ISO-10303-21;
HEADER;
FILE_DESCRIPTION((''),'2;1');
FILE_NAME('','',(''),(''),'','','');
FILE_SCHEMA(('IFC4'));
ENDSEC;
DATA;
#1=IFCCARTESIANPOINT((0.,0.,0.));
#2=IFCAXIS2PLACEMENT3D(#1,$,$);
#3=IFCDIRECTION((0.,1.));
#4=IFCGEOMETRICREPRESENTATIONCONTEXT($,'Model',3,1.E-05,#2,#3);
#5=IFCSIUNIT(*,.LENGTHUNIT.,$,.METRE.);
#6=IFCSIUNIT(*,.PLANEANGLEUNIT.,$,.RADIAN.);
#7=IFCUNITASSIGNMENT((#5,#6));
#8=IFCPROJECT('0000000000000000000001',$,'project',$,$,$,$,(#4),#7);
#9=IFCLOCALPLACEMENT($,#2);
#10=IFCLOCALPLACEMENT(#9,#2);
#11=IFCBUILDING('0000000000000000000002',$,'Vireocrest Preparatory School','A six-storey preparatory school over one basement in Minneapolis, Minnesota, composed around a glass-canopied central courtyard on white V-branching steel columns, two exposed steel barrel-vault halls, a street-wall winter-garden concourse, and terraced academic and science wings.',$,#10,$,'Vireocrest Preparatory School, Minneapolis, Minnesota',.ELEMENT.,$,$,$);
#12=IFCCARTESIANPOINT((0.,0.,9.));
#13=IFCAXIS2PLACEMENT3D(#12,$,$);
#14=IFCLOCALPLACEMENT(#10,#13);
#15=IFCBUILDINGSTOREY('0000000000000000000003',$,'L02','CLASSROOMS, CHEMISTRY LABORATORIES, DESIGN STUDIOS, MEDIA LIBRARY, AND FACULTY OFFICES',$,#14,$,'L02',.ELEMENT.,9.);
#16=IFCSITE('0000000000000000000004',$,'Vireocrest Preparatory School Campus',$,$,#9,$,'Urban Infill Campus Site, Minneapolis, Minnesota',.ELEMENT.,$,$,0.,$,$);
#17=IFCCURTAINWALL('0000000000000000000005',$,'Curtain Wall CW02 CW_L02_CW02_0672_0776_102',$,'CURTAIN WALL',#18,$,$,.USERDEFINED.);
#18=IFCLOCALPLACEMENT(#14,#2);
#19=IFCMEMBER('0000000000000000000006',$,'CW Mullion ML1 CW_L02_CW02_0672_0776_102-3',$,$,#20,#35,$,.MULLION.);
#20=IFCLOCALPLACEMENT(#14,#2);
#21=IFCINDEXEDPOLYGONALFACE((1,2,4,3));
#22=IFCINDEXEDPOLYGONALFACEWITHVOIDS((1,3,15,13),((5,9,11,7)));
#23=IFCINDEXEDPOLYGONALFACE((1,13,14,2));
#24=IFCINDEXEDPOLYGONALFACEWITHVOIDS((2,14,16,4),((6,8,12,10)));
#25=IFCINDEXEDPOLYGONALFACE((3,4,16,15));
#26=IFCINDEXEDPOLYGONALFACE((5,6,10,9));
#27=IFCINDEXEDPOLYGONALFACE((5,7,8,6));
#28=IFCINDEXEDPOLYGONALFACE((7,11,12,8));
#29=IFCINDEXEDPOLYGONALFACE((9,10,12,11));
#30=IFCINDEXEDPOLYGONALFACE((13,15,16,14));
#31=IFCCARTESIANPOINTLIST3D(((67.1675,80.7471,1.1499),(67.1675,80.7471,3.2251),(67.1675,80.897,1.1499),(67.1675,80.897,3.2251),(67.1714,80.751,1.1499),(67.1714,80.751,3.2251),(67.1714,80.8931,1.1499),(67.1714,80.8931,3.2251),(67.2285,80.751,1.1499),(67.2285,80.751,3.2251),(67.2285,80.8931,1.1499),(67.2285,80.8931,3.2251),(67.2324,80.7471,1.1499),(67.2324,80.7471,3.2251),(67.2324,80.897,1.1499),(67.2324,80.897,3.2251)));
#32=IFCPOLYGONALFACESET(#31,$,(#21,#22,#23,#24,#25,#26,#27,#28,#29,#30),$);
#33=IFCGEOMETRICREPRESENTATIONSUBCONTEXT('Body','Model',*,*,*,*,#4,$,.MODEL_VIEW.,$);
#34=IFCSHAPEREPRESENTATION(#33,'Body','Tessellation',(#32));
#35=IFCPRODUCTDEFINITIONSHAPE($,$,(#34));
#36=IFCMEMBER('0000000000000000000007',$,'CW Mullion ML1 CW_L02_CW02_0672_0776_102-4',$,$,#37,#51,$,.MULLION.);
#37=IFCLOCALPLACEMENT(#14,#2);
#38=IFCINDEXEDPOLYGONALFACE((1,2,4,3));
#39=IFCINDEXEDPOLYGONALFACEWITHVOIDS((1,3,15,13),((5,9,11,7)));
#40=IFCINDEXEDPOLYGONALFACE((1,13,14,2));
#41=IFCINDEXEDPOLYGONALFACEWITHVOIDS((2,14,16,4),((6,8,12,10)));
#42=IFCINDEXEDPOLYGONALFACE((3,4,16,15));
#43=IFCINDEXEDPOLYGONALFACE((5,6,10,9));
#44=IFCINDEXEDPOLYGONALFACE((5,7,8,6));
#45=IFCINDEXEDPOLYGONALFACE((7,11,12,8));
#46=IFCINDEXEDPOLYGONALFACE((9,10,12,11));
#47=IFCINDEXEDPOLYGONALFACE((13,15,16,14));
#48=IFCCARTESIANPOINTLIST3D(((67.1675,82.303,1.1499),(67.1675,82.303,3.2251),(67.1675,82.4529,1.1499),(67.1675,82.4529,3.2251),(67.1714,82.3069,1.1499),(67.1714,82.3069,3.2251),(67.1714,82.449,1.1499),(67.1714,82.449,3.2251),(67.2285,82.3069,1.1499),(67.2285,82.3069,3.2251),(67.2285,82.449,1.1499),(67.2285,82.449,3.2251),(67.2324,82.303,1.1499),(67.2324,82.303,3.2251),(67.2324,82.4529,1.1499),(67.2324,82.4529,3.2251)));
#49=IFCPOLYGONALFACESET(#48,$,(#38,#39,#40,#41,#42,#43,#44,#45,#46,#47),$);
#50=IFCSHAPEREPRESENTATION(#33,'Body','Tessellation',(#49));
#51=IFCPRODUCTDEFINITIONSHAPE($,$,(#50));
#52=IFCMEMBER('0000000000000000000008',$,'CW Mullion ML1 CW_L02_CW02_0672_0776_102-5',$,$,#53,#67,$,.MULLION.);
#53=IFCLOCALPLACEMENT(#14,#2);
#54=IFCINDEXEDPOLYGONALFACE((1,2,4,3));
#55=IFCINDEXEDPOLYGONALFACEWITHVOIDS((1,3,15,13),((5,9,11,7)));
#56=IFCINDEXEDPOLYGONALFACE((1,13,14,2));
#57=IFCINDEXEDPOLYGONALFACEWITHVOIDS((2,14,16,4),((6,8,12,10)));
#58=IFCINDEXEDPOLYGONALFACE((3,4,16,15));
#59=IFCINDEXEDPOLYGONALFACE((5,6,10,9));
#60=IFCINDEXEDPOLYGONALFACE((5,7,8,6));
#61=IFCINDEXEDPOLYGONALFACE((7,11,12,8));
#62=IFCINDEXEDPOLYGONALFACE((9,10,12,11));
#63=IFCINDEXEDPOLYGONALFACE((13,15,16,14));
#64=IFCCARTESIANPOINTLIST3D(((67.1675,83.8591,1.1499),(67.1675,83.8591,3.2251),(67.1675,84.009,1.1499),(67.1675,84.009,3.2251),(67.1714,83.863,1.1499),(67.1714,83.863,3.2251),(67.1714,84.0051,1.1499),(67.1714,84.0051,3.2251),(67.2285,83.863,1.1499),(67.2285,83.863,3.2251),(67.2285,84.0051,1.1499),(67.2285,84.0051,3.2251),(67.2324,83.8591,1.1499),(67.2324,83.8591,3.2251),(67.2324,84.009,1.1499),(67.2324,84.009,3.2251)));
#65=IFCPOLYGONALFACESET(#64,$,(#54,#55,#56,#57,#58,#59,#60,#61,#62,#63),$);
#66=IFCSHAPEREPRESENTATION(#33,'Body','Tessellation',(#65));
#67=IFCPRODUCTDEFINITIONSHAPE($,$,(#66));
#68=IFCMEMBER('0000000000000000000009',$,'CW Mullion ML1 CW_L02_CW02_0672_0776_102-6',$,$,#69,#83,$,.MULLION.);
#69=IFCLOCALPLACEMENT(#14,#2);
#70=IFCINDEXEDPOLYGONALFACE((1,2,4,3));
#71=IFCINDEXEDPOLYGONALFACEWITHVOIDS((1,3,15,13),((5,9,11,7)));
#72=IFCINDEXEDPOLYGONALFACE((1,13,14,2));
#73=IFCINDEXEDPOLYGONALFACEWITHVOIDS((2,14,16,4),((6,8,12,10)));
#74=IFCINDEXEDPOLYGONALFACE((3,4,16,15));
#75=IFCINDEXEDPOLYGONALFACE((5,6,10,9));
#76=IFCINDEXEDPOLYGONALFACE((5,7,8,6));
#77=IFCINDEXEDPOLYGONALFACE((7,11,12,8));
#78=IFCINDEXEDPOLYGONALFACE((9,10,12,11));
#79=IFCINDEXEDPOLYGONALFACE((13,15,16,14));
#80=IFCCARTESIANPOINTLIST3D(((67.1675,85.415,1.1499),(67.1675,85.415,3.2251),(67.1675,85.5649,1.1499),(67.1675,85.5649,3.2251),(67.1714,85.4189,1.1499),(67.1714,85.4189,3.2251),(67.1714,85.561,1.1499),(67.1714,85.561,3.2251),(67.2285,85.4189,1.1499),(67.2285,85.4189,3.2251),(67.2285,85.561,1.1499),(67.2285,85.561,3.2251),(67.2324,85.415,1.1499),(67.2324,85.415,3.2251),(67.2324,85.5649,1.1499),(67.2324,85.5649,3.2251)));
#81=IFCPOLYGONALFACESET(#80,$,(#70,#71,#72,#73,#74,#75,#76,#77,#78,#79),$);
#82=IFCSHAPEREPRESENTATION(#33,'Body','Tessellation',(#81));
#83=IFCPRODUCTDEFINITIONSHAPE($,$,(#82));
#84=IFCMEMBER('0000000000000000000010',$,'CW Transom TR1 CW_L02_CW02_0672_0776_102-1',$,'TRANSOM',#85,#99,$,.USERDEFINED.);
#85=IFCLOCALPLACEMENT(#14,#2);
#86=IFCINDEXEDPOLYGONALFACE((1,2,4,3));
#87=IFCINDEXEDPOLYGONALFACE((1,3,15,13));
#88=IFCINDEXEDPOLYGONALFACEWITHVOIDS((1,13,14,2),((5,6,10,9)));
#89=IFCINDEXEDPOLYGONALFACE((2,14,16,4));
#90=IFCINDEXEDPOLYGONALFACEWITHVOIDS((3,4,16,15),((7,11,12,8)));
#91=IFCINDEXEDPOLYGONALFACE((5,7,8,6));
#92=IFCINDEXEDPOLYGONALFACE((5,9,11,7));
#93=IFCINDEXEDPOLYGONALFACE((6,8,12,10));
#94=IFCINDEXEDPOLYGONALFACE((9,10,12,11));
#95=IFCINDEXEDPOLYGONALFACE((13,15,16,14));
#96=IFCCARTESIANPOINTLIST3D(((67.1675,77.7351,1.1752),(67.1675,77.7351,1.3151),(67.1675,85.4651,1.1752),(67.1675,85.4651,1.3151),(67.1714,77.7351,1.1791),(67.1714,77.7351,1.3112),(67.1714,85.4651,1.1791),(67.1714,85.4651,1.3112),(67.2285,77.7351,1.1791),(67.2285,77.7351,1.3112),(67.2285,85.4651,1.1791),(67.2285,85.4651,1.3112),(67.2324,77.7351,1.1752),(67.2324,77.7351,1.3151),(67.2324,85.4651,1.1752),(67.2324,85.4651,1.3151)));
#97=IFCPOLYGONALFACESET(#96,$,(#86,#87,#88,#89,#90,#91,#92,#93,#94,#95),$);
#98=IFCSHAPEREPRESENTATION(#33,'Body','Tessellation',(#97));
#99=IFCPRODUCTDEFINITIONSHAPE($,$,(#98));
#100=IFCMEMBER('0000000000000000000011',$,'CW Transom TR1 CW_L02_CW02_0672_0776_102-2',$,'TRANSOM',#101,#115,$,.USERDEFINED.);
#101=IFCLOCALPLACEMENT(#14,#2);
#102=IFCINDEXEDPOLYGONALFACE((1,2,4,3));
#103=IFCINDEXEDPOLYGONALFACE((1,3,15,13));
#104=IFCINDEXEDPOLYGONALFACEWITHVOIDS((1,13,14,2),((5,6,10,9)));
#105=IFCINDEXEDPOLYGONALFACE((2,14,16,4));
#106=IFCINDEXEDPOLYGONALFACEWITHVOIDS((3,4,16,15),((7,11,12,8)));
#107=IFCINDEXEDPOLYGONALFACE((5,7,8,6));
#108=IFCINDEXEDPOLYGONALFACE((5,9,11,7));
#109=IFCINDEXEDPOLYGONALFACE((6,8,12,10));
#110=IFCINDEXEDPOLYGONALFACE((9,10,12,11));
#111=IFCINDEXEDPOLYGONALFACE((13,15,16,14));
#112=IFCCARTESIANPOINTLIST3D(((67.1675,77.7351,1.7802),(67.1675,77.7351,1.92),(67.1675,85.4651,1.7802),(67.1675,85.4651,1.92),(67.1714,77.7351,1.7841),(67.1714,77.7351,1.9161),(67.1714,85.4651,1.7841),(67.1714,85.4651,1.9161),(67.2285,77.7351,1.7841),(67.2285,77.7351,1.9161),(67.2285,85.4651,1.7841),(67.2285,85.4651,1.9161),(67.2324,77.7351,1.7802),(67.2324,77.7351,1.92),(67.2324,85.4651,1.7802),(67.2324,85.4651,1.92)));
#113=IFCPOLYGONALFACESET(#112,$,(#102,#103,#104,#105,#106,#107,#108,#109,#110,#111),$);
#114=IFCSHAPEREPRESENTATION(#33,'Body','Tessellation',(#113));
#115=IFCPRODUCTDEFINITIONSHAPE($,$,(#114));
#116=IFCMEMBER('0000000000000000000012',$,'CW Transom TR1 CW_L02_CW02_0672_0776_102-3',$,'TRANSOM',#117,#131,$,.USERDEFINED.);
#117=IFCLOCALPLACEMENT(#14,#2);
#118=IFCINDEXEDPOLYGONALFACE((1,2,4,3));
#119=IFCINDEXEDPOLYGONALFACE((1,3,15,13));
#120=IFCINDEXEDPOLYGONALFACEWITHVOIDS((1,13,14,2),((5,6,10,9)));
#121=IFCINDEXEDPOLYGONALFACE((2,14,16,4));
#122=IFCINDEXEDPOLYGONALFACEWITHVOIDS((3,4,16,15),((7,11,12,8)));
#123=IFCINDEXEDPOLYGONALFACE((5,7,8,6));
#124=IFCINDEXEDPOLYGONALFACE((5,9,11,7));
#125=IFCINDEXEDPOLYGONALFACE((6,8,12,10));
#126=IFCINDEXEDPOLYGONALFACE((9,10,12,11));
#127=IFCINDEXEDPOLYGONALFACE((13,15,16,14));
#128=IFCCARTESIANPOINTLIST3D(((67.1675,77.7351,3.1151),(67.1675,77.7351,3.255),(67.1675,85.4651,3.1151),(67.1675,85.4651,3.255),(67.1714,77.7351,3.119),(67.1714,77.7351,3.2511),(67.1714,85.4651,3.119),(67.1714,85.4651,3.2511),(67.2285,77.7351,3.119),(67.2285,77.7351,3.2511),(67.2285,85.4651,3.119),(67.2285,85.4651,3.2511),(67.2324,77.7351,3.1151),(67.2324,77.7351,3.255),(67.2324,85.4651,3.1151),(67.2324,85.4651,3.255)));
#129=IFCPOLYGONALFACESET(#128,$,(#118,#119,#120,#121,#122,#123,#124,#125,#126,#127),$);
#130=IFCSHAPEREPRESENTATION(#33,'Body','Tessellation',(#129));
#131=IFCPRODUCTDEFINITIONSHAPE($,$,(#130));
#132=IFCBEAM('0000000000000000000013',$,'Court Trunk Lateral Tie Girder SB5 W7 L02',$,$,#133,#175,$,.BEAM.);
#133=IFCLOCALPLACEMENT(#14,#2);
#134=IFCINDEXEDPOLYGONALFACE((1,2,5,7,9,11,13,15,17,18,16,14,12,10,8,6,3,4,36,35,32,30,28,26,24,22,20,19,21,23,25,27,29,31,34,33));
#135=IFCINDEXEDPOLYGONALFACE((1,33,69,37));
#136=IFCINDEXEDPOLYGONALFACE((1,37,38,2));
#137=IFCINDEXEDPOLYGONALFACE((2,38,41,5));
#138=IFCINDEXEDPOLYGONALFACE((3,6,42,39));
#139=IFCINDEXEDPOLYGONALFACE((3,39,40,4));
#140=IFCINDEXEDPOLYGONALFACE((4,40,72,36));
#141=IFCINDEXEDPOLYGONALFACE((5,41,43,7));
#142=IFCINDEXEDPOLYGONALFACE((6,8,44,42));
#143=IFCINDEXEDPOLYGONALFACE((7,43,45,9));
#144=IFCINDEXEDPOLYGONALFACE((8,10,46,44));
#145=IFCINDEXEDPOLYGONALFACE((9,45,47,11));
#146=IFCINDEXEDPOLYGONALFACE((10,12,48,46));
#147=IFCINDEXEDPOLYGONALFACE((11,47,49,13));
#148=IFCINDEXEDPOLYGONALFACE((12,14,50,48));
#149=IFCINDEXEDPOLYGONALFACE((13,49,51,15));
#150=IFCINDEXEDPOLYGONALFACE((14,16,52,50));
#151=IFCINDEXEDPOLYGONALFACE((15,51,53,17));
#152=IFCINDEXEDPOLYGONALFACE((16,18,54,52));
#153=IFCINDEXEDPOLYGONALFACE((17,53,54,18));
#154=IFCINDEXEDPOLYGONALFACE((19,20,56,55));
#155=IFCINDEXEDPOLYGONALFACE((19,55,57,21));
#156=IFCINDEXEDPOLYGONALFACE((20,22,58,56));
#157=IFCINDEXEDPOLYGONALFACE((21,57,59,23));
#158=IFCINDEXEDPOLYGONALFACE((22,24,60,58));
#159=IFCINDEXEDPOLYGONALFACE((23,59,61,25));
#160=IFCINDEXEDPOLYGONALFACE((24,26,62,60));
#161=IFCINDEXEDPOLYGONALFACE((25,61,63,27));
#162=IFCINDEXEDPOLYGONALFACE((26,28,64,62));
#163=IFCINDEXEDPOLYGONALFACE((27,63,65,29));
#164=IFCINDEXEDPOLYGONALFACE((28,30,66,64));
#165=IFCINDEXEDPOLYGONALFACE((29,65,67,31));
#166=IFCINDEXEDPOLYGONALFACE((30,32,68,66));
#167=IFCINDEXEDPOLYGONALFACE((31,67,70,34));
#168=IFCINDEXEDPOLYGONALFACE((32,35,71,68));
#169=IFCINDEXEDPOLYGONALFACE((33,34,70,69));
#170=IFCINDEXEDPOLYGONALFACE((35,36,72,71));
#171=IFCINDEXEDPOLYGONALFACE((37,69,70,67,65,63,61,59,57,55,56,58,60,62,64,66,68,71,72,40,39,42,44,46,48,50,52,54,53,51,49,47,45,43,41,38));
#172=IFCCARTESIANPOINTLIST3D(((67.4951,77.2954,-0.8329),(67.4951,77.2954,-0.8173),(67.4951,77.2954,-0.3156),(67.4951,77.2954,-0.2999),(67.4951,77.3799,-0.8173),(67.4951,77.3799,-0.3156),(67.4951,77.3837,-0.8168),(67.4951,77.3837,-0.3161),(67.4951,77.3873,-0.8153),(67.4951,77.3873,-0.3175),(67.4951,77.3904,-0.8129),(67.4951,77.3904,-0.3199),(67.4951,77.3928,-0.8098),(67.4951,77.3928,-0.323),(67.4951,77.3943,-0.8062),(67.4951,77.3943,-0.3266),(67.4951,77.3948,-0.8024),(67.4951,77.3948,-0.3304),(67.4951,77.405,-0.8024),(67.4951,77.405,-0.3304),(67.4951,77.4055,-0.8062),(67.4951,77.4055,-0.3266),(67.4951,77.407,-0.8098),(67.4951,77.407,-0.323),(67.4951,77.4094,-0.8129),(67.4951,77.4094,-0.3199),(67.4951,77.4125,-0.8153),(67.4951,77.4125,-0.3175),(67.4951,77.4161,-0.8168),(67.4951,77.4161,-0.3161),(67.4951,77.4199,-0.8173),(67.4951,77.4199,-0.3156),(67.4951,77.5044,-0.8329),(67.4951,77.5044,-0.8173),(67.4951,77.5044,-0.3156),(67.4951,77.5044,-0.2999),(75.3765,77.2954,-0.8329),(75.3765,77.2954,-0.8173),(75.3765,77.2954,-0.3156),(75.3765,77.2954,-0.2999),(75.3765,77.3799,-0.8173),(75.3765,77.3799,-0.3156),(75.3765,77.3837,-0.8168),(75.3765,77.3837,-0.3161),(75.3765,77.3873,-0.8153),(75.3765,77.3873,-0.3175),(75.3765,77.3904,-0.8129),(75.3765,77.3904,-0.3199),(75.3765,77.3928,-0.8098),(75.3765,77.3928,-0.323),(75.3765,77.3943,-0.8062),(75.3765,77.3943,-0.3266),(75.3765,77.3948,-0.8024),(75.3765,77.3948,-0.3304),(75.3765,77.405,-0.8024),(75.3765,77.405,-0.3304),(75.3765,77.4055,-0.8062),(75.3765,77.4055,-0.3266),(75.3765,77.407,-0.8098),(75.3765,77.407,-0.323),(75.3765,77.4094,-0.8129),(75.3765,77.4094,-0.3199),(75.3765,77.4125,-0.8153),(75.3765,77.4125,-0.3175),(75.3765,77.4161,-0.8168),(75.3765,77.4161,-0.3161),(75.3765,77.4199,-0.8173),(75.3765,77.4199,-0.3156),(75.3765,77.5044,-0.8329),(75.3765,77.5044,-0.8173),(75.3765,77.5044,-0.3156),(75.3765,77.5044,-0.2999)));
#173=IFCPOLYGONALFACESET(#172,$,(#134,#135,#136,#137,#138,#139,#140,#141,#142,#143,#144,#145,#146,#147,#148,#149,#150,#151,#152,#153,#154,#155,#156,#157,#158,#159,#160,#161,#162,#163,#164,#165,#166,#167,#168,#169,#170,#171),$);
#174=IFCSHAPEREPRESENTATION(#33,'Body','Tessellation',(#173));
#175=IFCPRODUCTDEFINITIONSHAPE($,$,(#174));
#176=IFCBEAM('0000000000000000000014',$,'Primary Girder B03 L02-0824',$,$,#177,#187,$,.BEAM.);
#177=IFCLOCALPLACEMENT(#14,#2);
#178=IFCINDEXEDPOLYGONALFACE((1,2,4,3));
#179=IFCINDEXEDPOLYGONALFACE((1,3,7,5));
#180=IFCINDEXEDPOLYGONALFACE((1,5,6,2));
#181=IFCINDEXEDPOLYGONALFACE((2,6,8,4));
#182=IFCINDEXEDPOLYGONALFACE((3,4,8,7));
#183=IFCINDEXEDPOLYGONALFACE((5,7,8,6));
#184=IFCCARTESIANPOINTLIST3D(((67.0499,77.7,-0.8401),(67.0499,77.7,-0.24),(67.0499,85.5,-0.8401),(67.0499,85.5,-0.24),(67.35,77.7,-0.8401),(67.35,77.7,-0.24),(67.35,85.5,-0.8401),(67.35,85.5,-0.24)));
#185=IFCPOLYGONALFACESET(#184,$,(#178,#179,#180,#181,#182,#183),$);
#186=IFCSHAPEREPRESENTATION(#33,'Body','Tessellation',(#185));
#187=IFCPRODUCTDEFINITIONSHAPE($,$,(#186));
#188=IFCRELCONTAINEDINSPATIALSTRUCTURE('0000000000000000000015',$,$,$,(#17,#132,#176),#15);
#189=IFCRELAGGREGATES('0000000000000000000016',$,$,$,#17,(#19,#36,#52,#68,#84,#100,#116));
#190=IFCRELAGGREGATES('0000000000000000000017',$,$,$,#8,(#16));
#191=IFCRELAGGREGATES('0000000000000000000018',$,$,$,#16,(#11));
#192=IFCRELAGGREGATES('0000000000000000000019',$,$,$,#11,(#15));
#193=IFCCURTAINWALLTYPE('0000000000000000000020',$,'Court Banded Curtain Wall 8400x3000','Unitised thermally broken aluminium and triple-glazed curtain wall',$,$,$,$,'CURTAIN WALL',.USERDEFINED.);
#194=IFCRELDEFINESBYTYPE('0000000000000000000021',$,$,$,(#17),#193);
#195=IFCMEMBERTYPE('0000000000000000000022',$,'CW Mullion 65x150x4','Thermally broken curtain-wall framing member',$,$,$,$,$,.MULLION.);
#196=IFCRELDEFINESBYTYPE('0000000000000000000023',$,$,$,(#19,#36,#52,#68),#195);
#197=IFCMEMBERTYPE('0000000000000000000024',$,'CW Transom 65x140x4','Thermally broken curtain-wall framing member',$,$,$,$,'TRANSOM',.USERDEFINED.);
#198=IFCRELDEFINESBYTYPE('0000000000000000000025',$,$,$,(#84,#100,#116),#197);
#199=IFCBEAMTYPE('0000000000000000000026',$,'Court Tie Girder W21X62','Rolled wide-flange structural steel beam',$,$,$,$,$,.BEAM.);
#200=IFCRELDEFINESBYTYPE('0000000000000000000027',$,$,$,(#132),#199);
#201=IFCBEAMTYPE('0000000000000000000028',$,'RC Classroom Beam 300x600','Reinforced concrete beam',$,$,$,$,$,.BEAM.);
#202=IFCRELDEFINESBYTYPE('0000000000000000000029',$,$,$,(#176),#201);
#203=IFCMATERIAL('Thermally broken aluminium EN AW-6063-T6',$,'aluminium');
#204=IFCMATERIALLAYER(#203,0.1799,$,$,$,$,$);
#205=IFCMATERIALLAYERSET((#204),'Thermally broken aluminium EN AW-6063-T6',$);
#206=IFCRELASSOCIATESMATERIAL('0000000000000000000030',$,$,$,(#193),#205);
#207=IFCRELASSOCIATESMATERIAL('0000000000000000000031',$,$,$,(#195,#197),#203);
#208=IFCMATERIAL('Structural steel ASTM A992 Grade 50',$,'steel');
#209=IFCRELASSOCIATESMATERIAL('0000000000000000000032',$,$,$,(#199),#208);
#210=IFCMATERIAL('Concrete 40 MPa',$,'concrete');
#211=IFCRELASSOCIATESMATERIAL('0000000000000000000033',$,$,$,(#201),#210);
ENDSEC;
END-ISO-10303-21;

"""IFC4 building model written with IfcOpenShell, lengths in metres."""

from ifc_helpers import new_model, si_unit, direction, frame, origin, origin_2d, place, context, subcontext, project, spatial, rectangle, hollow_rectangle, i_section, extrude, material, layer, layer_set, material_profile, profile_set, type_object, element, aggregate, save


model = new_model("IFC4")

# Units and contexts
model_context = context("Model", 3, precision=1e-05, world=origin(), true_north=direction((0.0, 1.0)))
body_context = subcontext(model_context, "Body", "Model", "MODEL_VIEW")
ifc_project = project(units=[si_unit("LENGTHUNIT", "METRE"), si_unit("PLANEANGLEUNIT", "RADIAN")], contexts=[model_context])

# Site, building, storey
site_placement = place(None, origin())
site = spatial("IfcSite", under=ifc_project, at=site_placement, Name="Vireocrest Preparatory School Campus", LongName="Urban Infill Campus Site, Minneapolis, Minnesota", CompositionType="ELEMENT", RefElevation=0.0)
building_placement = place(site_placement, origin())
building = spatial("IfcBuilding", under=site, at=building_placement, Name="Vireocrest Preparatory School", Description="A six-storey preparatory school over one basement in Minneapolis, Minnesota, composed around a glass-canopied central courtyard on white V-branching steel columns, two exposed steel barrel-vault halls, a street-wall winter-garden concourse, and terraced academic and science wings.", LongName="Vireocrest Preparatory School, Minneapolis, Minnesota", CompositionType="ELEMENT")
storey_placement = place(building_placement, frame((0.0, 0.0, 9.0)))
storey = spatial("IfcBuildingStorey", under=building, at=storey_placement, Name="L02", Description="CLASSROOMS, CHEMISTRY LABORATORIES, DESIGN STUDIOS, MEDIA LIBRARY, AND FACULTY OFFICES", LongName="L02", CompositionType="ELEMENT", Elevation=9.0)

# Curtain wall, members
ifc_material_1 = material(Name="Thermally broken aluminium EN AW-6063-T6", Category="aluminium")
ifc_layer_1 = layer(ifc_material_1, 0.1799)
ifc_layer_set_1 = layer_set([ifc_layer_1], Name="Thermally broken aluminium EN AW-6063-T6")
curtain_wall_type = type_object("IfcCurtainWallType", Name="Court Banded Curtain Wall 8400x3000", Description="Unitised thermally broken aluminium and triple-glazed curtain wall", ElementType="CURTAIN WALL", PredefinedType="USERDEFINED", material=ifc_layer_set_1)
ifc_material_profile_1 = material_profile(ifc_material_1, hollow_rectangle(XDim=0.0649, YDim=0.1499, WallThickness=0.0039, at=origin_2d()), Name="ALU 65x150x4")
ifc_profile_set_1 = profile_set([ifc_material_profile_1], Name="Thermally broken aluminium EN AW-6063-T6")
member_type_1 = type_object("IfcMemberType", Name="CW Mullion 65x150x4", Description="Thermally broken curtain-wall framing member", PredefinedType="MULLION", material=ifc_profile_set_1)
curtain_wall_1_placement = place(storey_placement, origin())
curtain_wall_1 = element("IfcCurtainWall", 1, at=curtain_wall_1_placement, inside=storey, type_object=curtain_wall_type, Name="Curtain Wall CW02 CW_L02_CW02_0672_0776_102", ObjectType="CURTAIN WALL", PredefinedType="USERDEFINED")
member_1_placement = place(storey_placement, frame((67.2, 80.822, 1.1499), z_axis=(0.0, 0.0, 1.0), x_axis=(1.0, 0.0, 0.0)))
member_1 = element("IfcMember", 2, at=member_1_placement, type_object=member_type_1, Name="CW Mullion ML1 CW_L02_CW02_0672_0776_102-3", PredefinedType="MULLION", context=body_context, shape_type="SweptSolid", body=[
    extrude(hollow_rectangle(XDim=0.0649, YDim=0.1499, WallThickness=0.0039, at=origin_2d()), origin(), (0.0, 0.0, 1.0), 2.0752),
])
member_2_placement = place(storey_placement, frame((67.2, 82.3779, 1.1499), z_axis=(0.0, 0.0, 1.0), x_axis=(1.0, 0.0, 0.0)))
member_2 = element("IfcMember", 3, at=member_2_placement, type_object=member_type_1, Name="CW Mullion ML1 CW_L02_CW02_0672_0776_102-4", PredefinedType="MULLION", context=body_context, shape_type="SweptSolid", body=[
    extrude(hollow_rectangle(XDim=0.0649, YDim=0.1499, WallThickness=0.0039, at=origin_2d()), origin(), (0.0, 0.0, 1.0), 2.0752),
])
member_3_placement = place(storey_placement, frame((67.2, 83.9341, 1.1499), z_axis=(0.0, 0.0, 1.0), x_axis=(1.0, 0.0, 0.0)))
member_3 = element("IfcMember", 4, at=member_3_placement, type_object=member_type_1, Name="CW Mullion ML1 CW_L02_CW02_0672_0776_102-5", PredefinedType="MULLION", context=body_context, shape_type="SweptSolid", body=[
    extrude(hollow_rectangle(XDim=0.0649, YDim=0.1499, WallThickness=0.0039, at=origin_2d()), origin(), (0.0, 0.0, 1.0), 2.0752),
])
member_4_placement = place(storey_placement, frame((67.2, 85.49, 1.1499), z_axis=(0.0, 0.0, 1.0), x_axis=(1.0, 0.0, 0.0)))
member_4 = element("IfcMember", 5, at=member_4_placement, type_object=member_type_1, Name="CW Mullion ML1 CW_L02_CW02_0672_0776_102-6", PredefinedType="MULLION", context=body_context, shape_type="SweptSolid", body=[
    extrude(hollow_rectangle(XDim=0.0649, YDim=0.1499, WallThickness=0.0039, at=origin_2d()), origin(), (0.0, 0.0, 1.0), 2.0752),
])
ifc_material_profile_2 = material_profile(ifc_material_1, hollow_rectangle(XDim=0.0649, YDim=0.1399, WallThickness=0.0039, at=origin_2d()), Name="ALU 65x140x4")
ifc_profile_set_2 = profile_set([ifc_material_profile_2], Name="Thermally broken aluminium EN AW-6063-T6")
member_type_2 = type_object("IfcMemberType", Name="CW Transom 65x140x4", Description="Thermally broken curtain-wall framing member", ElementType="TRANSOM", PredefinedType="USERDEFINED", material=ifc_profile_set_2)
member_5_placement = place(storey_placement, frame((67.2, 77.7351, 1.2451), z_axis=(0.0, 1.0, 0.0), x_axis=(-1.0, 0.0, 0.0)))
member_5 = element("IfcMember", 6, at=member_5_placement, type_object=member_type_2, Name="CW Transom TR1 CW_L02_CW02_0672_0776_102-1", ObjectType="TRANSOM", PredefinedType="USERDEFINED", context=body_context, shape_type="SweptSolid", body=[
    extrude(hollow_rectangle(XDim=0.0649, YDim=0.1399, WallThickness=0.0039, at=origin_2d()), origin(), (0.0, 0.0, 1.0), 7.73),
])
member_6_placement = place(storey_placement, frame((67.2, 77.7351, 1.8501), z_axis=(0.0, 1.0, 0.0), x_axis=(-1.0, 0.0, 0.0)))
member_6 = element("IfcMember", 7, at=member_6_placement, type_object=member_type_2, Name="CW Transom TR1 CW_L02_CW02_0672_0776_102-2", ObjectType="TRANSOM", PredefinedType="USERDEFINED", context=body_context, shape_type="SweptSolid", body=[
    extrude(hollow_rectangle(XDim=0.0649, YDim=0.1399, WallThickness=0.0039, at=origin_2d()), origin(), (0.0, 0.0, 1.0), 7.73),
])
member_7_placement = place(storey_placement, frame((67.2, 77.7351, 3.1851), z_axis=(0.0, 1.0, 0.0), x_axis=(-1.0, 0.0, 0.0)))
member_7 = element("IfcMember", 8, at=member_7_placement, type_object=member_type_2, Name="CW Transom TR1 CW_L02_CW02_0672_0776_102-3", ObjectType="TRANSOM", PredefinedType="USERDEFINED", context=body_context, shape_type="SweptSolid", body=[
    extrude(hollow_rectangle(XDim=0.0649, YDim=0.1399, WallThickness=0.0039, at=origin_2d()), origin(), (0.0, 0.0, 1.0), 7.73),
])

# Beams
ifc_material_2 = material(Name="Structural steel ASTM A992 Grade 50", Category="steel")
ifc_material_profile_3 = material_profile(ifc_material_2, i_section(OverallWidth=0.209, OverallDepth=0.533, WebThickness=0.0103, FlangeThickness=0.0156, FilletRadius=0.0149, at=origin_2d()), Name="W21X62")
ifc_profile_set_3 = profile_set([ifc_material_profile_3], Name="Structural steel ASTM A992 Grade 50")
beam_type_1 = type_object("IfcBeamType", Name="Court Tie Girder W21X62", Description="Rolled wide-flange structural steel beam", PredefinedType="BEAM", material=ifc_profile_set_3)
beam_1_placement = place(storey_placement, frame((67.4951, 77.3999, -0.5664), z_axis=(1.0, 0.0, 0.0), x_axis=(0.0, 1.0, 0.0)))
element("IfcBeam", 9, at=beam_1_placement, inside=storey, type_object=beam_type_1, Name="Court Trunk Lateral Tie Girder SB5 W7 L02", PredefinedType="BEAM", context=body_context, shape_type="SweptSolid", body=[
    extrude(i_section(OverallWidth=0.209, OverallDepth=0.533, WebThickness=0.0103, FlangeThickness=0.0156, FilletRadius=0.0149, at=origin_2d()), origin(), (0.0, 0.0, 1.0), 7.8813),
])
ifc_material_3 = material(Name="Concrete 40 MPa", Category="concrete")
ifc_material_profile_4 = material_profile(ifc_material_3, rectangle(XDim=0.3, YDim=0.6001, at=origin_2d()), Name="RC 300x600")
ifc_profile_set_4 = profile_set([ifc_material_profile_4], Name="Concrete 40 MPa")
beam_type_2 = type_object("IfcBeamType", Name="RC Classroom Beam 300x600", Description="Reinforced concrete beam", PredefinedType="BEAM", material=ifc_profile_set_4)
beam_2_placement = place(storey_placement, frame((67.2, 77.7, -0.54), z_axis=(0.0, 1.0, 0.0), x_axis=(-1.0, 0.0, 0.0)))
element("IfcBeam", 10, at=beam_2_placement, inside=storey, type_object=beam_type_2, Name="Primary Girder B03 L02-0824", PredefinedType="BEAM", context=body_context, shape_type="SweptSolid", body=[
    extrude(rectangle(XDim=0.3, YDim=0.6001, at=origin_2d()), origin(), (0.0, 0.0, 1.0), 7.8),
])

aggregate(curtain_wall_1, [member_1, member_2, member_3, member_4, member_5, member_6, member_7])

save(model, "model.ifc")
